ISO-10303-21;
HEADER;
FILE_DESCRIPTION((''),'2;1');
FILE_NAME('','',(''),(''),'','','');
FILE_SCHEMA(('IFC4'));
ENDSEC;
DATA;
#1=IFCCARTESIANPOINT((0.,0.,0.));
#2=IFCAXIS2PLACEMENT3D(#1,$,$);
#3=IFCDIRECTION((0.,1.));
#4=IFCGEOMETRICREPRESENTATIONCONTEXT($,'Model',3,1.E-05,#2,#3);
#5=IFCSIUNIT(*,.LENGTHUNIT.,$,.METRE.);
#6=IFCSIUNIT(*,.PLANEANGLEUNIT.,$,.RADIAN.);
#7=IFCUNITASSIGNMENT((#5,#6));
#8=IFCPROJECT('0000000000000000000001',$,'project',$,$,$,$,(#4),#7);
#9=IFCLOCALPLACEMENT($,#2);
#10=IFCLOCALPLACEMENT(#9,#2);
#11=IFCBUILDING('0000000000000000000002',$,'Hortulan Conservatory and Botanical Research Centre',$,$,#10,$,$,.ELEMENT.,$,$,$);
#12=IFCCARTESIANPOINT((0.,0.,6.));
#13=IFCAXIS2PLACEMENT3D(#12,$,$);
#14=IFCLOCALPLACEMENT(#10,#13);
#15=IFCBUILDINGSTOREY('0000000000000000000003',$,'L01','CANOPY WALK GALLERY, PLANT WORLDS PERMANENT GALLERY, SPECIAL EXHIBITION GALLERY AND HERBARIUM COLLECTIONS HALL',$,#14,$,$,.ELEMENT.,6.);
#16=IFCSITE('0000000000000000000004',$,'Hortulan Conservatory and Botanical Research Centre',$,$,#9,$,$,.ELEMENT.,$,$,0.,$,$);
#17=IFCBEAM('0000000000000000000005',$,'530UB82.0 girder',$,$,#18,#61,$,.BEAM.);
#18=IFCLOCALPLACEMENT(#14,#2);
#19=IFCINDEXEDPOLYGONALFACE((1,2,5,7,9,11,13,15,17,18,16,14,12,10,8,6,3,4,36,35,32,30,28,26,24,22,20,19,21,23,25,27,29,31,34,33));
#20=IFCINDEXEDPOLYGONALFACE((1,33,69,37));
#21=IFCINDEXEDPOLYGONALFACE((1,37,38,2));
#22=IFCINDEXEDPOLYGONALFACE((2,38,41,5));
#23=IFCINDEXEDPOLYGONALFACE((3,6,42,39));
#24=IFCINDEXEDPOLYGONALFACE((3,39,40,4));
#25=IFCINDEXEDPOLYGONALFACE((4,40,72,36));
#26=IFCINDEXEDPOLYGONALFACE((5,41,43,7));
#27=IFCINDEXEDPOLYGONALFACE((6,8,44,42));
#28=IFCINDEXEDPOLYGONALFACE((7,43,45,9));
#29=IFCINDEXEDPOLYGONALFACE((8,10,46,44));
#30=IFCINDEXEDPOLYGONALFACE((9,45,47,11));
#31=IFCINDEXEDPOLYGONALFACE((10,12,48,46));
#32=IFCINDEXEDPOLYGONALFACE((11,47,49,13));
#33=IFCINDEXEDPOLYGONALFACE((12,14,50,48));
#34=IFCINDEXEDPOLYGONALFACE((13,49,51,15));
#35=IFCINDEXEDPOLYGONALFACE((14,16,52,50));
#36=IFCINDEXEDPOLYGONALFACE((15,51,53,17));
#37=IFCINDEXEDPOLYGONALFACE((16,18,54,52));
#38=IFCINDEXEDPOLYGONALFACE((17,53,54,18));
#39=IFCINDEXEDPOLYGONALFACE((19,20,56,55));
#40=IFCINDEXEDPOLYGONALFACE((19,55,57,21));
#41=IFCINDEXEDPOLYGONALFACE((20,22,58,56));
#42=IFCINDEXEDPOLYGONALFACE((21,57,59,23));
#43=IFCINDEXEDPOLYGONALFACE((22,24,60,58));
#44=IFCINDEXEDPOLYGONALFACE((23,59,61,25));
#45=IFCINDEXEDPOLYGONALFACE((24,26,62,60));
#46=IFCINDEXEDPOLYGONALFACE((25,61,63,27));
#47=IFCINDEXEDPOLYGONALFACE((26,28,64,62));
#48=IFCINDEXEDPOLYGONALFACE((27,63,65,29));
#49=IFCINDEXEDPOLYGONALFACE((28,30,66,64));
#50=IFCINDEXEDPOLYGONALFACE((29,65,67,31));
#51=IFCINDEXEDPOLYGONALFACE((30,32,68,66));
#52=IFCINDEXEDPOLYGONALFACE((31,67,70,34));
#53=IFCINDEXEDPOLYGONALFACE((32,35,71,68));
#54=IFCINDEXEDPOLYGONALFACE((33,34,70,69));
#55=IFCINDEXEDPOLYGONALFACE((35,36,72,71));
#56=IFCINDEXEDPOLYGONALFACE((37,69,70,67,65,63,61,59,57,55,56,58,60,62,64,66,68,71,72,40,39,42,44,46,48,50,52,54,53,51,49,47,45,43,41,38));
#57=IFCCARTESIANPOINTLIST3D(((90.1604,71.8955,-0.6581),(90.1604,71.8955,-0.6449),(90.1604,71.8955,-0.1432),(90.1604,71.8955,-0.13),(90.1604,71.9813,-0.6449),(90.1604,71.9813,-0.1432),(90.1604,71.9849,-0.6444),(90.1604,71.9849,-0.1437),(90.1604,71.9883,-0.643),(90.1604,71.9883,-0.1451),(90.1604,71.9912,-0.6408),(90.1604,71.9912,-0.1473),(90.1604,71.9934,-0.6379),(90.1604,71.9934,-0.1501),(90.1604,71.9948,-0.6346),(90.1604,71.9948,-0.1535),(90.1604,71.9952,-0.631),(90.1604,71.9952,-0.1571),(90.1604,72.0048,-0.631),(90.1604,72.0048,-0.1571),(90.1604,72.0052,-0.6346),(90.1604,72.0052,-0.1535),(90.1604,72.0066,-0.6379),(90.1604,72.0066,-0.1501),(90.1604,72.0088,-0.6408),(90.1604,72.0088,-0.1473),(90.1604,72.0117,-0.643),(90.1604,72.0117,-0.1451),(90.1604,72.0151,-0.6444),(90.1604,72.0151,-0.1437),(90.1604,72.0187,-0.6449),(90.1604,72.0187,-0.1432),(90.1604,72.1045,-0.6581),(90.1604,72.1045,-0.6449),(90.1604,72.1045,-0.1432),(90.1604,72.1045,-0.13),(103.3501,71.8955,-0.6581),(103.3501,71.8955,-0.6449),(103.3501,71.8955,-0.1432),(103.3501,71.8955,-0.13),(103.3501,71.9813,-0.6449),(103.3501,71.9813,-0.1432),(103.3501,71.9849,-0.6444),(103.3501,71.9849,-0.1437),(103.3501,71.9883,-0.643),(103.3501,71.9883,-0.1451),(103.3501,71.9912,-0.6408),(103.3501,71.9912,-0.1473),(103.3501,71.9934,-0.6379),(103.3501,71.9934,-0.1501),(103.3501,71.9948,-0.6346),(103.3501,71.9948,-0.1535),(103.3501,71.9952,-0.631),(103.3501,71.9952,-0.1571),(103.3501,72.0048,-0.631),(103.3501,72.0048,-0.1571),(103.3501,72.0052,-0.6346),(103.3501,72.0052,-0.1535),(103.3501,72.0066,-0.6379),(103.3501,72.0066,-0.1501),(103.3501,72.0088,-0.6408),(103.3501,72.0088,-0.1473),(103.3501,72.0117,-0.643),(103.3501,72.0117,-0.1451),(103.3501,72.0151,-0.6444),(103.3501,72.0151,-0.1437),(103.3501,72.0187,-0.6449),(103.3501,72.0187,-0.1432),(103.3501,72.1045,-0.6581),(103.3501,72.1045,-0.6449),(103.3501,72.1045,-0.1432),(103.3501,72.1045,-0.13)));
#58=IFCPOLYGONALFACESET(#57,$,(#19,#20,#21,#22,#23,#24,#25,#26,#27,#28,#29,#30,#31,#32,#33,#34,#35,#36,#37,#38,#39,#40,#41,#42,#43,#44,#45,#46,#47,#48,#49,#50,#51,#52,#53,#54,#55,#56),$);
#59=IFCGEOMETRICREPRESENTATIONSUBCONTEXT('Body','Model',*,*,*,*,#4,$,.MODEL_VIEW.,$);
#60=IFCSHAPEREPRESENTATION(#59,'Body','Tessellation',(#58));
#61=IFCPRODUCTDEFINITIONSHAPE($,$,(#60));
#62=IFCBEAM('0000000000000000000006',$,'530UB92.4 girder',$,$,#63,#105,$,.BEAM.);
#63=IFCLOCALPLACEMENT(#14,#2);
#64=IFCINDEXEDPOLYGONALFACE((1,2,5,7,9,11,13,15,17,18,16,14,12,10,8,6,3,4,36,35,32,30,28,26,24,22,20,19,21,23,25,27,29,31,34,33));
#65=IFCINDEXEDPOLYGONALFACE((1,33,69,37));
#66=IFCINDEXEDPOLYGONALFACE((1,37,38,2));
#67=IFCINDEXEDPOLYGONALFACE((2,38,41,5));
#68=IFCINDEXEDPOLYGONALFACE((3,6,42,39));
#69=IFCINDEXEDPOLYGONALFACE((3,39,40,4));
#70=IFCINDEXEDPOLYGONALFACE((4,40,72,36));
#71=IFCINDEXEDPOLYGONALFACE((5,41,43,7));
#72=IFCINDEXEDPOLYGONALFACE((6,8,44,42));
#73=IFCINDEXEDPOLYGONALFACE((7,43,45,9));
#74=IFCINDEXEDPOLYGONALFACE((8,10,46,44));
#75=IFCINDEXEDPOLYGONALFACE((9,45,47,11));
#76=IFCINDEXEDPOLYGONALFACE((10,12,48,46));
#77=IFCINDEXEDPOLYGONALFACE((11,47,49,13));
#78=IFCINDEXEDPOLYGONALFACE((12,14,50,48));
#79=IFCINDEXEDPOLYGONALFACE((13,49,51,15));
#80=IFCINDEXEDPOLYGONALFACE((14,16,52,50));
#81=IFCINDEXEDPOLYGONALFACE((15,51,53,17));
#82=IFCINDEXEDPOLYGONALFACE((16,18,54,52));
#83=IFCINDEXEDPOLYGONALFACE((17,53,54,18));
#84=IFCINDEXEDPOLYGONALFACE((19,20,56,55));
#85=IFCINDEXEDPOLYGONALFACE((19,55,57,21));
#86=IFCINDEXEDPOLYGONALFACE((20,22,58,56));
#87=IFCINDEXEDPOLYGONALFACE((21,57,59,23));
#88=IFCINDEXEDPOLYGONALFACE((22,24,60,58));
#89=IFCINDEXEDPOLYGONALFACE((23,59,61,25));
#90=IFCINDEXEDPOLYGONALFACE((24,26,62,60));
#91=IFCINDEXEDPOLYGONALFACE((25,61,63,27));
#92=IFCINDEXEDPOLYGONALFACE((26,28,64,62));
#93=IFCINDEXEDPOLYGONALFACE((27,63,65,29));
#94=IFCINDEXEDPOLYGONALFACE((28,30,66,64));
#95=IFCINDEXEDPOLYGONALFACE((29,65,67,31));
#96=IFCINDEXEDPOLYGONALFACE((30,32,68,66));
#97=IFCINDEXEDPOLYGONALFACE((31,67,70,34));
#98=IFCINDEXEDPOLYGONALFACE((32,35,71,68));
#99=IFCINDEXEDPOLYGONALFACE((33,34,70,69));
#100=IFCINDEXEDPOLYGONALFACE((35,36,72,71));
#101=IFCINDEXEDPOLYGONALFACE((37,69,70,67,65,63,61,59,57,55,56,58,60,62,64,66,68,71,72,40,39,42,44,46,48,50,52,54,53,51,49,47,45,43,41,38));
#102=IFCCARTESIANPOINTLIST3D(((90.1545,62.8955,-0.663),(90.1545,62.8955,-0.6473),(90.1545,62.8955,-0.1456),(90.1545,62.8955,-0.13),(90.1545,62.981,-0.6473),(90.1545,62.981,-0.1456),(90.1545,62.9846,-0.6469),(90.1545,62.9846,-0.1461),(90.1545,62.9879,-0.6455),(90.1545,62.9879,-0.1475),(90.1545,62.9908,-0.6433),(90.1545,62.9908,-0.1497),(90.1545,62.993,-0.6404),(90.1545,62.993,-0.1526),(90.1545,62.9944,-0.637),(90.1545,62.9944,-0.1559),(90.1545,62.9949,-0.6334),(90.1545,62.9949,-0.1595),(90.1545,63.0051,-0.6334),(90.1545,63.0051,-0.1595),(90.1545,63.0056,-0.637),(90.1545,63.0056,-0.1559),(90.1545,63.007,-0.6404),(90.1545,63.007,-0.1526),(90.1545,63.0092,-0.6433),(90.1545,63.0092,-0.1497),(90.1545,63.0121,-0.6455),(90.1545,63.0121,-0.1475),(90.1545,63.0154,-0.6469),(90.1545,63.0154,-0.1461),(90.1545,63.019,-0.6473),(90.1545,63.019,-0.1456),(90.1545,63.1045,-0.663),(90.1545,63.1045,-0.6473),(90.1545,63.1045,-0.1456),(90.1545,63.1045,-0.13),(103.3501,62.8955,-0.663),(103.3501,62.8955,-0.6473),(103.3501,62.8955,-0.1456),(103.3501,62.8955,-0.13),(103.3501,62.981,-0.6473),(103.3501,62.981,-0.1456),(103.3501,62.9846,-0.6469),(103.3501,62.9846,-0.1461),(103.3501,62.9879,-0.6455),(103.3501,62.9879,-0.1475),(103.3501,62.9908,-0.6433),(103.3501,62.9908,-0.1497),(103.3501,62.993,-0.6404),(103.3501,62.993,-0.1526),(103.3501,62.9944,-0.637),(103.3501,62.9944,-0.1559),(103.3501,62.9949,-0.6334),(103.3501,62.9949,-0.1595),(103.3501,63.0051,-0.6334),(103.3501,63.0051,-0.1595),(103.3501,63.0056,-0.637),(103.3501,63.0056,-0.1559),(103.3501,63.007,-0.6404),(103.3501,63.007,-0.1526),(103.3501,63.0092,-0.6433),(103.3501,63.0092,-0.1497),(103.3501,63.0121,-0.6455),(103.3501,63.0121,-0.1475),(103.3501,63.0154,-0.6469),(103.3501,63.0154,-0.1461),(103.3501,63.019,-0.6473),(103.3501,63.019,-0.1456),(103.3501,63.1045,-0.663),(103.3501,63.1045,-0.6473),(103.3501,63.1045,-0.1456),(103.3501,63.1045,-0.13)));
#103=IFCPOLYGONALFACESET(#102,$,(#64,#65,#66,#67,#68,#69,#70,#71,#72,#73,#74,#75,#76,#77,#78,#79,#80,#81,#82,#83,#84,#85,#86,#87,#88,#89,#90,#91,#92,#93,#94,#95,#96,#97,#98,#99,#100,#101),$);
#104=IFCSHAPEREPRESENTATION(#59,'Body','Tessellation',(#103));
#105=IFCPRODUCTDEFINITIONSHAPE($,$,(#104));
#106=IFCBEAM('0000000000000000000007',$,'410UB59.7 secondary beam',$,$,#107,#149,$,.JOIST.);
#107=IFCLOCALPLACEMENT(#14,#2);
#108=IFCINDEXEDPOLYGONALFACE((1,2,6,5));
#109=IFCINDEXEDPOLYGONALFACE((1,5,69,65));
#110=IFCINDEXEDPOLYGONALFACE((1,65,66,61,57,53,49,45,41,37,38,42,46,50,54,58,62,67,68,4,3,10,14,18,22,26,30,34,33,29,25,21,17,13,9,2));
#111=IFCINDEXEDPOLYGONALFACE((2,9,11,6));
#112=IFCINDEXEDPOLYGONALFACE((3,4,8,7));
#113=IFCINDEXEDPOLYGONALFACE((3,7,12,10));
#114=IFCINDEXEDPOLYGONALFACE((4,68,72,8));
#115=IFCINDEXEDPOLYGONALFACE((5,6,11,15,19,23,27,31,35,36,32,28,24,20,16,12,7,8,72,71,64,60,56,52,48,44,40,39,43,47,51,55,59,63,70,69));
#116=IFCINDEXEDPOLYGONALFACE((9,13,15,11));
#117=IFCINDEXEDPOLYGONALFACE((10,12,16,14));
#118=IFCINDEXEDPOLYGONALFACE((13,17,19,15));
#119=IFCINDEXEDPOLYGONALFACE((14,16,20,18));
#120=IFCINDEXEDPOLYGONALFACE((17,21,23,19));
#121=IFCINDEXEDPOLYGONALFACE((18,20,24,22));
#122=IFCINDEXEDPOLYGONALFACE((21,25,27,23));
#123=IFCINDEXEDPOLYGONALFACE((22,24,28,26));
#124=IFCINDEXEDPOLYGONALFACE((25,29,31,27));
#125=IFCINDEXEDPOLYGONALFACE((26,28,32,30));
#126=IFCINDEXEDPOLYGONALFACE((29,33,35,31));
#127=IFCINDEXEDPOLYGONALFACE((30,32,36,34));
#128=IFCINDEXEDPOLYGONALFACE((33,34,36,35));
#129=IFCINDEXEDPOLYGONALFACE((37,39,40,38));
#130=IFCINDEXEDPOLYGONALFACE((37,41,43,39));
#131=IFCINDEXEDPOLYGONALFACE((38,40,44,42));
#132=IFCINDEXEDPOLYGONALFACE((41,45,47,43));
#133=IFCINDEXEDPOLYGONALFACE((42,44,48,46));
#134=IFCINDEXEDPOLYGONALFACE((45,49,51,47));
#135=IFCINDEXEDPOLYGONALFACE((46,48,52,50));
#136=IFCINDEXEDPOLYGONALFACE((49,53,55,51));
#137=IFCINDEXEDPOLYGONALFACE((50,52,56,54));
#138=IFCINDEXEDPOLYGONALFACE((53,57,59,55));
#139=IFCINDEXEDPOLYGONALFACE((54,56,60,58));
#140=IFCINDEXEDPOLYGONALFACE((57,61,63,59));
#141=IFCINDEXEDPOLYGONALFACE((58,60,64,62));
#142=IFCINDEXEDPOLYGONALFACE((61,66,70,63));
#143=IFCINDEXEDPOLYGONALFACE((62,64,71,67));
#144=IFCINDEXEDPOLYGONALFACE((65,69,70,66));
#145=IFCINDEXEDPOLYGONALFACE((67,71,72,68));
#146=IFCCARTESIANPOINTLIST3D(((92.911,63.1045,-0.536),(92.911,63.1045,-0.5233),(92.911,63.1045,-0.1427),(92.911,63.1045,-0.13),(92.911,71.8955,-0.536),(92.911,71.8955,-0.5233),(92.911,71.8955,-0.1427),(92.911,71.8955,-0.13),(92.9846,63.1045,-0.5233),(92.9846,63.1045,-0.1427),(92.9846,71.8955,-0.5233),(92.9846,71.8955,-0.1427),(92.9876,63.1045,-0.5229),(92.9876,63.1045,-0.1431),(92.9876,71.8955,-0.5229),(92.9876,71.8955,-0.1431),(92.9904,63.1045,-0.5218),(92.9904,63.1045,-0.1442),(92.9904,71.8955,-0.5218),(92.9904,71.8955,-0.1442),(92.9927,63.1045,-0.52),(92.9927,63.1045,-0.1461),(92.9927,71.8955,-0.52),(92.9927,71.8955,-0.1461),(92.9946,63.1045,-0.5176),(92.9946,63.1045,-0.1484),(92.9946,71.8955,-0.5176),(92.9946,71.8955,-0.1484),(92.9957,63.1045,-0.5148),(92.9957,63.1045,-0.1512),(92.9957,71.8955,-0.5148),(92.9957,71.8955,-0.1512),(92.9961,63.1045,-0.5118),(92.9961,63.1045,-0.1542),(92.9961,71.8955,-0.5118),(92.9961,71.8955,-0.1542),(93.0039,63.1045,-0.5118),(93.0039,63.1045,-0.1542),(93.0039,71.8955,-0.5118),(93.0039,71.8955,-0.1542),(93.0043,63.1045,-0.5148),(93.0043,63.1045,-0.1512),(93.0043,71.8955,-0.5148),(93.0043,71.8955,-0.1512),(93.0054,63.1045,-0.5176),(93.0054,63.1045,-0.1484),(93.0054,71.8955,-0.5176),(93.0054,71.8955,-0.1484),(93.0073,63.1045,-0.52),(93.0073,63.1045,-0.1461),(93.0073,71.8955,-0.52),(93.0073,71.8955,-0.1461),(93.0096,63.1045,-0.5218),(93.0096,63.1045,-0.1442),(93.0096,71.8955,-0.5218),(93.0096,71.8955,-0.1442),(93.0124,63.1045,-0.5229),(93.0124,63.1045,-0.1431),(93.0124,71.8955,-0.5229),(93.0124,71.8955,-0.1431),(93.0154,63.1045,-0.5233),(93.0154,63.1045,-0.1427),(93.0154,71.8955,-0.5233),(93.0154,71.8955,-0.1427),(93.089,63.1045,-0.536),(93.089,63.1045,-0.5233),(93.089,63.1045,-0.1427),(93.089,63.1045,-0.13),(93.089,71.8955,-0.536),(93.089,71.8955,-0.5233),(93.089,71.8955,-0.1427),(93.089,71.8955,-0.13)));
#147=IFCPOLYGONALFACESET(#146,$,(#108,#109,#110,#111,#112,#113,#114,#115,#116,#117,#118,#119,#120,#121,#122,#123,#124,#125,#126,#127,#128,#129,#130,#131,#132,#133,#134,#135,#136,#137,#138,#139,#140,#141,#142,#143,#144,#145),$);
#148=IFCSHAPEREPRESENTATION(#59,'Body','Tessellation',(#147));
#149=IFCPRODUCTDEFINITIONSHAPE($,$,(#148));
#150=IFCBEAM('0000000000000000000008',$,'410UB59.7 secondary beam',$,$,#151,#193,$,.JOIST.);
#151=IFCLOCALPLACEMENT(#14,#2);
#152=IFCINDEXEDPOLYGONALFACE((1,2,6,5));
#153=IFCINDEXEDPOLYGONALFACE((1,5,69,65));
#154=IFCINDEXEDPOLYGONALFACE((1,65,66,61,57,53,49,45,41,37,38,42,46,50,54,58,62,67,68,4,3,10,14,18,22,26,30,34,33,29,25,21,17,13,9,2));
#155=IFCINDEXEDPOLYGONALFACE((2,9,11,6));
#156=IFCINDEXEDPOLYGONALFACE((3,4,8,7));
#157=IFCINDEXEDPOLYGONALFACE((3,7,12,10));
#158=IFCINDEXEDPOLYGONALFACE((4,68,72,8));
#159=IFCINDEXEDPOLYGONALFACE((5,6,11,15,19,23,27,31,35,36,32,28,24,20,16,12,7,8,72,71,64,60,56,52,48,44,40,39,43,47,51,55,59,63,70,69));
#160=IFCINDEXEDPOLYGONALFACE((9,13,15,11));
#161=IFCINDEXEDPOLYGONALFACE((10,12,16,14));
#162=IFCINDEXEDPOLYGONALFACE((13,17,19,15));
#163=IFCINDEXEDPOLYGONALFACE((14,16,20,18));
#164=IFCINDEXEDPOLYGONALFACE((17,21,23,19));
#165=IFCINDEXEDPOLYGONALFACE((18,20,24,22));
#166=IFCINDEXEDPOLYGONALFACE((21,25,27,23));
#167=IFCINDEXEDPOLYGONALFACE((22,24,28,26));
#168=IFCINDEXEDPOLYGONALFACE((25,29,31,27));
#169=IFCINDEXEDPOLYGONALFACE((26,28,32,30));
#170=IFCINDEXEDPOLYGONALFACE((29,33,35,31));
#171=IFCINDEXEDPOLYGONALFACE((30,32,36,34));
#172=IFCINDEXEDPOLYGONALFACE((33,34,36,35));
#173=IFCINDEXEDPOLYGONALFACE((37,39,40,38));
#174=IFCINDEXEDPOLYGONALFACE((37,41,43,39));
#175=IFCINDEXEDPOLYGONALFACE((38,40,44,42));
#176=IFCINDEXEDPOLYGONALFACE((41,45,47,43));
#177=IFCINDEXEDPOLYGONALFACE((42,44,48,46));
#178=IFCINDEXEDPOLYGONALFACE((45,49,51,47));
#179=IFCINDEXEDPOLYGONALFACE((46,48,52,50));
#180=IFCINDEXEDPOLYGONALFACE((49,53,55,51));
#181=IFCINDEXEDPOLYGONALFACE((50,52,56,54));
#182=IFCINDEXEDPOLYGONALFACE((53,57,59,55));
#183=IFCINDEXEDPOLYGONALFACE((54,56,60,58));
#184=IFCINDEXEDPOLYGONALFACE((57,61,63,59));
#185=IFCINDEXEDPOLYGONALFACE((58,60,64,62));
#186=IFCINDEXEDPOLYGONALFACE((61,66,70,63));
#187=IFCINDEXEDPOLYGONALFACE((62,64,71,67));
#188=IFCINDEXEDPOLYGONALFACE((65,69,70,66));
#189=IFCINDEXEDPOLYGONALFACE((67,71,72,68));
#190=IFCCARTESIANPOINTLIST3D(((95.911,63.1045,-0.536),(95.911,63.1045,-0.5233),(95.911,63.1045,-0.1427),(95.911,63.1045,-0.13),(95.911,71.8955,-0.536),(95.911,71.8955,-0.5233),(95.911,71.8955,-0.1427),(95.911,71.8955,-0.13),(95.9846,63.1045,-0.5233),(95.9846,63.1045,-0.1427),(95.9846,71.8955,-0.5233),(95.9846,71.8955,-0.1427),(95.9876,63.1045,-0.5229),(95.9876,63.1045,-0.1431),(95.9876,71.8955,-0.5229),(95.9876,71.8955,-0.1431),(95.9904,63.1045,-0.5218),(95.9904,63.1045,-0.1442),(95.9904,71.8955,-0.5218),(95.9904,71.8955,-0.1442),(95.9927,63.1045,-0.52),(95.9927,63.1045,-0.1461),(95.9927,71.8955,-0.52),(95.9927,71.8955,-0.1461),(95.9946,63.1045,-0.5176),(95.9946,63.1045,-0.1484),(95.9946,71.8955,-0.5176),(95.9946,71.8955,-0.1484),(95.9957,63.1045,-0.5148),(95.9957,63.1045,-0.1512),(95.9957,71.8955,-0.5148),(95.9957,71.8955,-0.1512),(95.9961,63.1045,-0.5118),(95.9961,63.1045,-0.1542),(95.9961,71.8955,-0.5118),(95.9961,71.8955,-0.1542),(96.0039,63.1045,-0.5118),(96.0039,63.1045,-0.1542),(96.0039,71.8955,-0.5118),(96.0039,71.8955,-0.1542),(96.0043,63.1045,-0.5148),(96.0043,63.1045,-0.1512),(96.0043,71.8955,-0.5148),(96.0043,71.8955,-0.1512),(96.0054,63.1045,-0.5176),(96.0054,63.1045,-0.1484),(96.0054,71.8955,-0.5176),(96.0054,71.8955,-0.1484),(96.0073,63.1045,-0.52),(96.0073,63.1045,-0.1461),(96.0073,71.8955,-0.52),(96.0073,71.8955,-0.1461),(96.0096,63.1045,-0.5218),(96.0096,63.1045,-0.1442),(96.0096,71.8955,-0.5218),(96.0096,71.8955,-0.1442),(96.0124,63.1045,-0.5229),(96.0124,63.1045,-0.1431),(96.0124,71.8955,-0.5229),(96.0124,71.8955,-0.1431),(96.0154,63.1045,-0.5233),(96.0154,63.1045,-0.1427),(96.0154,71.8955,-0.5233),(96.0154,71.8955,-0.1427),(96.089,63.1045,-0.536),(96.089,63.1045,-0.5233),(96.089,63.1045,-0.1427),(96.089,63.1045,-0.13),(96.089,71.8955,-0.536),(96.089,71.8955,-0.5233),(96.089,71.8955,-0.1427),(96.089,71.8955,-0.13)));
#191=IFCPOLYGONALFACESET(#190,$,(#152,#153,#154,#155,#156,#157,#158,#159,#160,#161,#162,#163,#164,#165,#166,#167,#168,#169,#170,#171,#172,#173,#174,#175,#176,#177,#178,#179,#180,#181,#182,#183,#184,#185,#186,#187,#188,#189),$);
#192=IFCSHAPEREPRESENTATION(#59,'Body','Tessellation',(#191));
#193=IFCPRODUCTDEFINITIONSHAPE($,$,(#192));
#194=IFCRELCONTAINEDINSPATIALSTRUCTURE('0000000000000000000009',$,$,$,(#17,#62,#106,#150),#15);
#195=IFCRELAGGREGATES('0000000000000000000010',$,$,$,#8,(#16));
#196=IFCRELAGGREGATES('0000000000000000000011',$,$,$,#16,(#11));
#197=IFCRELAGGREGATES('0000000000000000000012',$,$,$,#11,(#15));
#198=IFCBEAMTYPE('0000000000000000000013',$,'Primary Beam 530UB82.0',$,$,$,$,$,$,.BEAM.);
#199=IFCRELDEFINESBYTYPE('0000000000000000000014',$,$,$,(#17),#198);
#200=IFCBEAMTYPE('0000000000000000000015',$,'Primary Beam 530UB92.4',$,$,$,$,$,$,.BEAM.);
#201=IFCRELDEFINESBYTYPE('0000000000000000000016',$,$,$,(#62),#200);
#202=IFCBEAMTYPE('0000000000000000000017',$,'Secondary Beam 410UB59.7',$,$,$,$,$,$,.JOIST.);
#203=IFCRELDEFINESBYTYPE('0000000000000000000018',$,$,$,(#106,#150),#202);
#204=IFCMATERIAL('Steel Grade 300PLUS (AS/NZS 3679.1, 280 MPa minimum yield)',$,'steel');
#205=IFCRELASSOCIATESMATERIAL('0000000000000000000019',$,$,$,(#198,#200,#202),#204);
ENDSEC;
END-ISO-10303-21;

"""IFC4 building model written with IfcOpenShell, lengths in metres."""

from ifc_helpers import new_model, si_unit, direction, frame, origin, origin_2d, place, context, subcontext, project, spatial, i_section, extrude, material, material_profile, profile_set, type_object, element, save


model = new_model("IFC4")

# Units and contexts
model_context = context("Model", 3, precision=1e-05, world=origin(), true_north=direction((0.0, 1.0)))
body_context = subcontext(model_context, "Body", "Model", "MODEL_VIEW")
ifc_project = project(units=[si_unit("LENGTHUNIT", "METRE"), si_unit("PLANEANGLEUNIT", "RADIAN")], contexts=[model_context])

# Site, building, storey
site_placement = place(None, origin())
site = spatial("IfcSite", under=ifc_project, at=site_placement, Name="Hortulan Conservatory and Botanical Research Centre", CompositionType="ELEMENT", RefElevation=0.0)
building_placement = place(site_placement, origin())
building = spatial("IfcBuilding", under=site, at=building_placement, Name="Hortulan Conservatory and Botanical Research Centre", CompositionType="ELEMENT")
storey_placement = place(building_placement, frame((0.0, 0.0, 6.0)))
storey = spatial("IfcBuildingStorey", under=building, at=storey_placement, Name="L01", Description="CANOPY WALK GALLERY, PLANT WORLDS PERMANENT GALLERY, SPECIAL EXHIBITION GALLERY AND HERBARIUM COLLECTIONS HALL", CompositionType="ELEMENT", Elevation=6.0)

# Beams
ifc_material_1 = material(Name="Steel Grade 300PLUS (AS/NZS 3679.1, 280 MPa minimum yield)", Category="steel")
ifc_material_profile_1 = material_profile(ifc_material_1, i_section(OverallWidth=0.209, OverallDepth=0.5281, WebThickness=0.0095, FlangeThickness=0.0132, FilletRadius=0.0139, at=origin_2d()), Name="530UB82.0")
ifc_profile_set_1 = profile_set([ifc_material_profile_1], Name="Steel Grade 300PLUS (AS/NZS 3679.1, 280 MPa minimum yield)")
beam_type_1 = type_object("IfcBeamType", Name="Primary Beam 530UB82.0", PredefinedType="BEAM", material=ifc_profile_set_1)
beam_1_placement = place(storey_placement, frame((90.1604, 72.0, -0.394), z_axis=(1.0, 0.0, 0.0), x_axis=(0.0, 1.0, 0.0)))
element("IfcBeam", 1, at=beam_1_placement, inside=storey, type_object=beam_type_1, Name="530UB82.0 girder", PredefinedType="BEAM", context=body_context, shape_type="SweptSolid", body=[
    extrude(i_section(OverallWidth=0.209, OverallDepth=0.5281, WebThickness=0.0095, FlangeThickness=0.0132, FilletRadius=0.0139, at=origin_2d()), origin(), (0.0, 0.0, 1.0), 13.1897),
])
ifc_material_profile_2 = material_profile(ifc_material_1, i_section(OverallWidth=0.209, OverallDepth=0.533, WebThickness=0.0103, FlangeThickness=0.0156, FilletRadius=0.0139, at=origin_2d()), Name="530UB92.4")
ifc_profile_set_2 = profile_set([ifc_material_profile_2], Name="Steel Grade 300PLUS (AS/NZS 3679.1, 280 MPa minimum yield)")
beam_type_2 = type_object("IfcBeamType", Name="Primary Beam 530UB92.4", PredefinedType="BEAM", material=ifc_profile_set_2)
beam_2_placement = place(storey_placement, frame((90.1545, 63.0, -0.3965), z_axis=(1.0, 0.0, 0.0), x_axis=(0.0, 1.0, 0.0)))
element("IfcBeam", 2, at=beam_2_placement, inside=storey, type_object=beam_type_2, Name="530UB92.4 girder", PredefinedType="BEAM", context=body_context, shape_type="SweptSolid", body=[
    extrude(i_section(OverallWidth=0.209, OverallDepth=0.533, WebThickness=0.0103, FlangeThickness=0.0156, FilletRadius=0.0139, at=origin_2d()), origin(), (0.0, 0.0, 1.0), 13.1956),
])
ifc_material_profile_3 = material_profile(ifc_material_1, i_section(OverallWidth=0.178, OverallDepth=0.406, WebThickness=0.0078, FlangeThickness=0.0127, FilletRadius=0.0115, at=origin_2d()), Name="410UB59.7")
ifc_profile_set_3 = profile_set([ifc_material_profile_3], Name="Steel Grade 300PLUS (AS/NZS 3679.1, 280 MPa minimum yield)")
beam_type_3 = type_object("IfcBeamType", Name="Secondary Beam 410UB59.7", PredefinedType="JOIST", material=ifc_profile_set_3)
for number, where, z_axis, x_axis, name in (
    (3, (93.0, 63.1045, -0.333), (0.0, 1.0, 0.0), (-1.0, 0.0, 0.0), "410UB59.7 secondary beam"),
    (4, (96.0, 63.1045, -0.333), (0.0, 1.0, 0.0), (-1.0, 0.0, 0.0), "410UB59.7 secondary beam"),
):
    element("IfcBeam", number, at=place(storey_placement, frame(where, z_axis=z_axis, x_axis=x_axis)), inside=storey, type_object=beam_type_3, Name=name, PredefinedType="JOIST", context=body_context, shape_type="SweptSolid", body=[
        extrude(i_section(OverallWidth=0.178, OverallDepth=0.406, WebThickness=0.0078, FlangeThickness=0.0127, FilletRadius=0.0115, at=origin_2d()), origin(), (0.0, 0.0, 1.0), 8.791),
    ])

save(model, "model.ifc")
